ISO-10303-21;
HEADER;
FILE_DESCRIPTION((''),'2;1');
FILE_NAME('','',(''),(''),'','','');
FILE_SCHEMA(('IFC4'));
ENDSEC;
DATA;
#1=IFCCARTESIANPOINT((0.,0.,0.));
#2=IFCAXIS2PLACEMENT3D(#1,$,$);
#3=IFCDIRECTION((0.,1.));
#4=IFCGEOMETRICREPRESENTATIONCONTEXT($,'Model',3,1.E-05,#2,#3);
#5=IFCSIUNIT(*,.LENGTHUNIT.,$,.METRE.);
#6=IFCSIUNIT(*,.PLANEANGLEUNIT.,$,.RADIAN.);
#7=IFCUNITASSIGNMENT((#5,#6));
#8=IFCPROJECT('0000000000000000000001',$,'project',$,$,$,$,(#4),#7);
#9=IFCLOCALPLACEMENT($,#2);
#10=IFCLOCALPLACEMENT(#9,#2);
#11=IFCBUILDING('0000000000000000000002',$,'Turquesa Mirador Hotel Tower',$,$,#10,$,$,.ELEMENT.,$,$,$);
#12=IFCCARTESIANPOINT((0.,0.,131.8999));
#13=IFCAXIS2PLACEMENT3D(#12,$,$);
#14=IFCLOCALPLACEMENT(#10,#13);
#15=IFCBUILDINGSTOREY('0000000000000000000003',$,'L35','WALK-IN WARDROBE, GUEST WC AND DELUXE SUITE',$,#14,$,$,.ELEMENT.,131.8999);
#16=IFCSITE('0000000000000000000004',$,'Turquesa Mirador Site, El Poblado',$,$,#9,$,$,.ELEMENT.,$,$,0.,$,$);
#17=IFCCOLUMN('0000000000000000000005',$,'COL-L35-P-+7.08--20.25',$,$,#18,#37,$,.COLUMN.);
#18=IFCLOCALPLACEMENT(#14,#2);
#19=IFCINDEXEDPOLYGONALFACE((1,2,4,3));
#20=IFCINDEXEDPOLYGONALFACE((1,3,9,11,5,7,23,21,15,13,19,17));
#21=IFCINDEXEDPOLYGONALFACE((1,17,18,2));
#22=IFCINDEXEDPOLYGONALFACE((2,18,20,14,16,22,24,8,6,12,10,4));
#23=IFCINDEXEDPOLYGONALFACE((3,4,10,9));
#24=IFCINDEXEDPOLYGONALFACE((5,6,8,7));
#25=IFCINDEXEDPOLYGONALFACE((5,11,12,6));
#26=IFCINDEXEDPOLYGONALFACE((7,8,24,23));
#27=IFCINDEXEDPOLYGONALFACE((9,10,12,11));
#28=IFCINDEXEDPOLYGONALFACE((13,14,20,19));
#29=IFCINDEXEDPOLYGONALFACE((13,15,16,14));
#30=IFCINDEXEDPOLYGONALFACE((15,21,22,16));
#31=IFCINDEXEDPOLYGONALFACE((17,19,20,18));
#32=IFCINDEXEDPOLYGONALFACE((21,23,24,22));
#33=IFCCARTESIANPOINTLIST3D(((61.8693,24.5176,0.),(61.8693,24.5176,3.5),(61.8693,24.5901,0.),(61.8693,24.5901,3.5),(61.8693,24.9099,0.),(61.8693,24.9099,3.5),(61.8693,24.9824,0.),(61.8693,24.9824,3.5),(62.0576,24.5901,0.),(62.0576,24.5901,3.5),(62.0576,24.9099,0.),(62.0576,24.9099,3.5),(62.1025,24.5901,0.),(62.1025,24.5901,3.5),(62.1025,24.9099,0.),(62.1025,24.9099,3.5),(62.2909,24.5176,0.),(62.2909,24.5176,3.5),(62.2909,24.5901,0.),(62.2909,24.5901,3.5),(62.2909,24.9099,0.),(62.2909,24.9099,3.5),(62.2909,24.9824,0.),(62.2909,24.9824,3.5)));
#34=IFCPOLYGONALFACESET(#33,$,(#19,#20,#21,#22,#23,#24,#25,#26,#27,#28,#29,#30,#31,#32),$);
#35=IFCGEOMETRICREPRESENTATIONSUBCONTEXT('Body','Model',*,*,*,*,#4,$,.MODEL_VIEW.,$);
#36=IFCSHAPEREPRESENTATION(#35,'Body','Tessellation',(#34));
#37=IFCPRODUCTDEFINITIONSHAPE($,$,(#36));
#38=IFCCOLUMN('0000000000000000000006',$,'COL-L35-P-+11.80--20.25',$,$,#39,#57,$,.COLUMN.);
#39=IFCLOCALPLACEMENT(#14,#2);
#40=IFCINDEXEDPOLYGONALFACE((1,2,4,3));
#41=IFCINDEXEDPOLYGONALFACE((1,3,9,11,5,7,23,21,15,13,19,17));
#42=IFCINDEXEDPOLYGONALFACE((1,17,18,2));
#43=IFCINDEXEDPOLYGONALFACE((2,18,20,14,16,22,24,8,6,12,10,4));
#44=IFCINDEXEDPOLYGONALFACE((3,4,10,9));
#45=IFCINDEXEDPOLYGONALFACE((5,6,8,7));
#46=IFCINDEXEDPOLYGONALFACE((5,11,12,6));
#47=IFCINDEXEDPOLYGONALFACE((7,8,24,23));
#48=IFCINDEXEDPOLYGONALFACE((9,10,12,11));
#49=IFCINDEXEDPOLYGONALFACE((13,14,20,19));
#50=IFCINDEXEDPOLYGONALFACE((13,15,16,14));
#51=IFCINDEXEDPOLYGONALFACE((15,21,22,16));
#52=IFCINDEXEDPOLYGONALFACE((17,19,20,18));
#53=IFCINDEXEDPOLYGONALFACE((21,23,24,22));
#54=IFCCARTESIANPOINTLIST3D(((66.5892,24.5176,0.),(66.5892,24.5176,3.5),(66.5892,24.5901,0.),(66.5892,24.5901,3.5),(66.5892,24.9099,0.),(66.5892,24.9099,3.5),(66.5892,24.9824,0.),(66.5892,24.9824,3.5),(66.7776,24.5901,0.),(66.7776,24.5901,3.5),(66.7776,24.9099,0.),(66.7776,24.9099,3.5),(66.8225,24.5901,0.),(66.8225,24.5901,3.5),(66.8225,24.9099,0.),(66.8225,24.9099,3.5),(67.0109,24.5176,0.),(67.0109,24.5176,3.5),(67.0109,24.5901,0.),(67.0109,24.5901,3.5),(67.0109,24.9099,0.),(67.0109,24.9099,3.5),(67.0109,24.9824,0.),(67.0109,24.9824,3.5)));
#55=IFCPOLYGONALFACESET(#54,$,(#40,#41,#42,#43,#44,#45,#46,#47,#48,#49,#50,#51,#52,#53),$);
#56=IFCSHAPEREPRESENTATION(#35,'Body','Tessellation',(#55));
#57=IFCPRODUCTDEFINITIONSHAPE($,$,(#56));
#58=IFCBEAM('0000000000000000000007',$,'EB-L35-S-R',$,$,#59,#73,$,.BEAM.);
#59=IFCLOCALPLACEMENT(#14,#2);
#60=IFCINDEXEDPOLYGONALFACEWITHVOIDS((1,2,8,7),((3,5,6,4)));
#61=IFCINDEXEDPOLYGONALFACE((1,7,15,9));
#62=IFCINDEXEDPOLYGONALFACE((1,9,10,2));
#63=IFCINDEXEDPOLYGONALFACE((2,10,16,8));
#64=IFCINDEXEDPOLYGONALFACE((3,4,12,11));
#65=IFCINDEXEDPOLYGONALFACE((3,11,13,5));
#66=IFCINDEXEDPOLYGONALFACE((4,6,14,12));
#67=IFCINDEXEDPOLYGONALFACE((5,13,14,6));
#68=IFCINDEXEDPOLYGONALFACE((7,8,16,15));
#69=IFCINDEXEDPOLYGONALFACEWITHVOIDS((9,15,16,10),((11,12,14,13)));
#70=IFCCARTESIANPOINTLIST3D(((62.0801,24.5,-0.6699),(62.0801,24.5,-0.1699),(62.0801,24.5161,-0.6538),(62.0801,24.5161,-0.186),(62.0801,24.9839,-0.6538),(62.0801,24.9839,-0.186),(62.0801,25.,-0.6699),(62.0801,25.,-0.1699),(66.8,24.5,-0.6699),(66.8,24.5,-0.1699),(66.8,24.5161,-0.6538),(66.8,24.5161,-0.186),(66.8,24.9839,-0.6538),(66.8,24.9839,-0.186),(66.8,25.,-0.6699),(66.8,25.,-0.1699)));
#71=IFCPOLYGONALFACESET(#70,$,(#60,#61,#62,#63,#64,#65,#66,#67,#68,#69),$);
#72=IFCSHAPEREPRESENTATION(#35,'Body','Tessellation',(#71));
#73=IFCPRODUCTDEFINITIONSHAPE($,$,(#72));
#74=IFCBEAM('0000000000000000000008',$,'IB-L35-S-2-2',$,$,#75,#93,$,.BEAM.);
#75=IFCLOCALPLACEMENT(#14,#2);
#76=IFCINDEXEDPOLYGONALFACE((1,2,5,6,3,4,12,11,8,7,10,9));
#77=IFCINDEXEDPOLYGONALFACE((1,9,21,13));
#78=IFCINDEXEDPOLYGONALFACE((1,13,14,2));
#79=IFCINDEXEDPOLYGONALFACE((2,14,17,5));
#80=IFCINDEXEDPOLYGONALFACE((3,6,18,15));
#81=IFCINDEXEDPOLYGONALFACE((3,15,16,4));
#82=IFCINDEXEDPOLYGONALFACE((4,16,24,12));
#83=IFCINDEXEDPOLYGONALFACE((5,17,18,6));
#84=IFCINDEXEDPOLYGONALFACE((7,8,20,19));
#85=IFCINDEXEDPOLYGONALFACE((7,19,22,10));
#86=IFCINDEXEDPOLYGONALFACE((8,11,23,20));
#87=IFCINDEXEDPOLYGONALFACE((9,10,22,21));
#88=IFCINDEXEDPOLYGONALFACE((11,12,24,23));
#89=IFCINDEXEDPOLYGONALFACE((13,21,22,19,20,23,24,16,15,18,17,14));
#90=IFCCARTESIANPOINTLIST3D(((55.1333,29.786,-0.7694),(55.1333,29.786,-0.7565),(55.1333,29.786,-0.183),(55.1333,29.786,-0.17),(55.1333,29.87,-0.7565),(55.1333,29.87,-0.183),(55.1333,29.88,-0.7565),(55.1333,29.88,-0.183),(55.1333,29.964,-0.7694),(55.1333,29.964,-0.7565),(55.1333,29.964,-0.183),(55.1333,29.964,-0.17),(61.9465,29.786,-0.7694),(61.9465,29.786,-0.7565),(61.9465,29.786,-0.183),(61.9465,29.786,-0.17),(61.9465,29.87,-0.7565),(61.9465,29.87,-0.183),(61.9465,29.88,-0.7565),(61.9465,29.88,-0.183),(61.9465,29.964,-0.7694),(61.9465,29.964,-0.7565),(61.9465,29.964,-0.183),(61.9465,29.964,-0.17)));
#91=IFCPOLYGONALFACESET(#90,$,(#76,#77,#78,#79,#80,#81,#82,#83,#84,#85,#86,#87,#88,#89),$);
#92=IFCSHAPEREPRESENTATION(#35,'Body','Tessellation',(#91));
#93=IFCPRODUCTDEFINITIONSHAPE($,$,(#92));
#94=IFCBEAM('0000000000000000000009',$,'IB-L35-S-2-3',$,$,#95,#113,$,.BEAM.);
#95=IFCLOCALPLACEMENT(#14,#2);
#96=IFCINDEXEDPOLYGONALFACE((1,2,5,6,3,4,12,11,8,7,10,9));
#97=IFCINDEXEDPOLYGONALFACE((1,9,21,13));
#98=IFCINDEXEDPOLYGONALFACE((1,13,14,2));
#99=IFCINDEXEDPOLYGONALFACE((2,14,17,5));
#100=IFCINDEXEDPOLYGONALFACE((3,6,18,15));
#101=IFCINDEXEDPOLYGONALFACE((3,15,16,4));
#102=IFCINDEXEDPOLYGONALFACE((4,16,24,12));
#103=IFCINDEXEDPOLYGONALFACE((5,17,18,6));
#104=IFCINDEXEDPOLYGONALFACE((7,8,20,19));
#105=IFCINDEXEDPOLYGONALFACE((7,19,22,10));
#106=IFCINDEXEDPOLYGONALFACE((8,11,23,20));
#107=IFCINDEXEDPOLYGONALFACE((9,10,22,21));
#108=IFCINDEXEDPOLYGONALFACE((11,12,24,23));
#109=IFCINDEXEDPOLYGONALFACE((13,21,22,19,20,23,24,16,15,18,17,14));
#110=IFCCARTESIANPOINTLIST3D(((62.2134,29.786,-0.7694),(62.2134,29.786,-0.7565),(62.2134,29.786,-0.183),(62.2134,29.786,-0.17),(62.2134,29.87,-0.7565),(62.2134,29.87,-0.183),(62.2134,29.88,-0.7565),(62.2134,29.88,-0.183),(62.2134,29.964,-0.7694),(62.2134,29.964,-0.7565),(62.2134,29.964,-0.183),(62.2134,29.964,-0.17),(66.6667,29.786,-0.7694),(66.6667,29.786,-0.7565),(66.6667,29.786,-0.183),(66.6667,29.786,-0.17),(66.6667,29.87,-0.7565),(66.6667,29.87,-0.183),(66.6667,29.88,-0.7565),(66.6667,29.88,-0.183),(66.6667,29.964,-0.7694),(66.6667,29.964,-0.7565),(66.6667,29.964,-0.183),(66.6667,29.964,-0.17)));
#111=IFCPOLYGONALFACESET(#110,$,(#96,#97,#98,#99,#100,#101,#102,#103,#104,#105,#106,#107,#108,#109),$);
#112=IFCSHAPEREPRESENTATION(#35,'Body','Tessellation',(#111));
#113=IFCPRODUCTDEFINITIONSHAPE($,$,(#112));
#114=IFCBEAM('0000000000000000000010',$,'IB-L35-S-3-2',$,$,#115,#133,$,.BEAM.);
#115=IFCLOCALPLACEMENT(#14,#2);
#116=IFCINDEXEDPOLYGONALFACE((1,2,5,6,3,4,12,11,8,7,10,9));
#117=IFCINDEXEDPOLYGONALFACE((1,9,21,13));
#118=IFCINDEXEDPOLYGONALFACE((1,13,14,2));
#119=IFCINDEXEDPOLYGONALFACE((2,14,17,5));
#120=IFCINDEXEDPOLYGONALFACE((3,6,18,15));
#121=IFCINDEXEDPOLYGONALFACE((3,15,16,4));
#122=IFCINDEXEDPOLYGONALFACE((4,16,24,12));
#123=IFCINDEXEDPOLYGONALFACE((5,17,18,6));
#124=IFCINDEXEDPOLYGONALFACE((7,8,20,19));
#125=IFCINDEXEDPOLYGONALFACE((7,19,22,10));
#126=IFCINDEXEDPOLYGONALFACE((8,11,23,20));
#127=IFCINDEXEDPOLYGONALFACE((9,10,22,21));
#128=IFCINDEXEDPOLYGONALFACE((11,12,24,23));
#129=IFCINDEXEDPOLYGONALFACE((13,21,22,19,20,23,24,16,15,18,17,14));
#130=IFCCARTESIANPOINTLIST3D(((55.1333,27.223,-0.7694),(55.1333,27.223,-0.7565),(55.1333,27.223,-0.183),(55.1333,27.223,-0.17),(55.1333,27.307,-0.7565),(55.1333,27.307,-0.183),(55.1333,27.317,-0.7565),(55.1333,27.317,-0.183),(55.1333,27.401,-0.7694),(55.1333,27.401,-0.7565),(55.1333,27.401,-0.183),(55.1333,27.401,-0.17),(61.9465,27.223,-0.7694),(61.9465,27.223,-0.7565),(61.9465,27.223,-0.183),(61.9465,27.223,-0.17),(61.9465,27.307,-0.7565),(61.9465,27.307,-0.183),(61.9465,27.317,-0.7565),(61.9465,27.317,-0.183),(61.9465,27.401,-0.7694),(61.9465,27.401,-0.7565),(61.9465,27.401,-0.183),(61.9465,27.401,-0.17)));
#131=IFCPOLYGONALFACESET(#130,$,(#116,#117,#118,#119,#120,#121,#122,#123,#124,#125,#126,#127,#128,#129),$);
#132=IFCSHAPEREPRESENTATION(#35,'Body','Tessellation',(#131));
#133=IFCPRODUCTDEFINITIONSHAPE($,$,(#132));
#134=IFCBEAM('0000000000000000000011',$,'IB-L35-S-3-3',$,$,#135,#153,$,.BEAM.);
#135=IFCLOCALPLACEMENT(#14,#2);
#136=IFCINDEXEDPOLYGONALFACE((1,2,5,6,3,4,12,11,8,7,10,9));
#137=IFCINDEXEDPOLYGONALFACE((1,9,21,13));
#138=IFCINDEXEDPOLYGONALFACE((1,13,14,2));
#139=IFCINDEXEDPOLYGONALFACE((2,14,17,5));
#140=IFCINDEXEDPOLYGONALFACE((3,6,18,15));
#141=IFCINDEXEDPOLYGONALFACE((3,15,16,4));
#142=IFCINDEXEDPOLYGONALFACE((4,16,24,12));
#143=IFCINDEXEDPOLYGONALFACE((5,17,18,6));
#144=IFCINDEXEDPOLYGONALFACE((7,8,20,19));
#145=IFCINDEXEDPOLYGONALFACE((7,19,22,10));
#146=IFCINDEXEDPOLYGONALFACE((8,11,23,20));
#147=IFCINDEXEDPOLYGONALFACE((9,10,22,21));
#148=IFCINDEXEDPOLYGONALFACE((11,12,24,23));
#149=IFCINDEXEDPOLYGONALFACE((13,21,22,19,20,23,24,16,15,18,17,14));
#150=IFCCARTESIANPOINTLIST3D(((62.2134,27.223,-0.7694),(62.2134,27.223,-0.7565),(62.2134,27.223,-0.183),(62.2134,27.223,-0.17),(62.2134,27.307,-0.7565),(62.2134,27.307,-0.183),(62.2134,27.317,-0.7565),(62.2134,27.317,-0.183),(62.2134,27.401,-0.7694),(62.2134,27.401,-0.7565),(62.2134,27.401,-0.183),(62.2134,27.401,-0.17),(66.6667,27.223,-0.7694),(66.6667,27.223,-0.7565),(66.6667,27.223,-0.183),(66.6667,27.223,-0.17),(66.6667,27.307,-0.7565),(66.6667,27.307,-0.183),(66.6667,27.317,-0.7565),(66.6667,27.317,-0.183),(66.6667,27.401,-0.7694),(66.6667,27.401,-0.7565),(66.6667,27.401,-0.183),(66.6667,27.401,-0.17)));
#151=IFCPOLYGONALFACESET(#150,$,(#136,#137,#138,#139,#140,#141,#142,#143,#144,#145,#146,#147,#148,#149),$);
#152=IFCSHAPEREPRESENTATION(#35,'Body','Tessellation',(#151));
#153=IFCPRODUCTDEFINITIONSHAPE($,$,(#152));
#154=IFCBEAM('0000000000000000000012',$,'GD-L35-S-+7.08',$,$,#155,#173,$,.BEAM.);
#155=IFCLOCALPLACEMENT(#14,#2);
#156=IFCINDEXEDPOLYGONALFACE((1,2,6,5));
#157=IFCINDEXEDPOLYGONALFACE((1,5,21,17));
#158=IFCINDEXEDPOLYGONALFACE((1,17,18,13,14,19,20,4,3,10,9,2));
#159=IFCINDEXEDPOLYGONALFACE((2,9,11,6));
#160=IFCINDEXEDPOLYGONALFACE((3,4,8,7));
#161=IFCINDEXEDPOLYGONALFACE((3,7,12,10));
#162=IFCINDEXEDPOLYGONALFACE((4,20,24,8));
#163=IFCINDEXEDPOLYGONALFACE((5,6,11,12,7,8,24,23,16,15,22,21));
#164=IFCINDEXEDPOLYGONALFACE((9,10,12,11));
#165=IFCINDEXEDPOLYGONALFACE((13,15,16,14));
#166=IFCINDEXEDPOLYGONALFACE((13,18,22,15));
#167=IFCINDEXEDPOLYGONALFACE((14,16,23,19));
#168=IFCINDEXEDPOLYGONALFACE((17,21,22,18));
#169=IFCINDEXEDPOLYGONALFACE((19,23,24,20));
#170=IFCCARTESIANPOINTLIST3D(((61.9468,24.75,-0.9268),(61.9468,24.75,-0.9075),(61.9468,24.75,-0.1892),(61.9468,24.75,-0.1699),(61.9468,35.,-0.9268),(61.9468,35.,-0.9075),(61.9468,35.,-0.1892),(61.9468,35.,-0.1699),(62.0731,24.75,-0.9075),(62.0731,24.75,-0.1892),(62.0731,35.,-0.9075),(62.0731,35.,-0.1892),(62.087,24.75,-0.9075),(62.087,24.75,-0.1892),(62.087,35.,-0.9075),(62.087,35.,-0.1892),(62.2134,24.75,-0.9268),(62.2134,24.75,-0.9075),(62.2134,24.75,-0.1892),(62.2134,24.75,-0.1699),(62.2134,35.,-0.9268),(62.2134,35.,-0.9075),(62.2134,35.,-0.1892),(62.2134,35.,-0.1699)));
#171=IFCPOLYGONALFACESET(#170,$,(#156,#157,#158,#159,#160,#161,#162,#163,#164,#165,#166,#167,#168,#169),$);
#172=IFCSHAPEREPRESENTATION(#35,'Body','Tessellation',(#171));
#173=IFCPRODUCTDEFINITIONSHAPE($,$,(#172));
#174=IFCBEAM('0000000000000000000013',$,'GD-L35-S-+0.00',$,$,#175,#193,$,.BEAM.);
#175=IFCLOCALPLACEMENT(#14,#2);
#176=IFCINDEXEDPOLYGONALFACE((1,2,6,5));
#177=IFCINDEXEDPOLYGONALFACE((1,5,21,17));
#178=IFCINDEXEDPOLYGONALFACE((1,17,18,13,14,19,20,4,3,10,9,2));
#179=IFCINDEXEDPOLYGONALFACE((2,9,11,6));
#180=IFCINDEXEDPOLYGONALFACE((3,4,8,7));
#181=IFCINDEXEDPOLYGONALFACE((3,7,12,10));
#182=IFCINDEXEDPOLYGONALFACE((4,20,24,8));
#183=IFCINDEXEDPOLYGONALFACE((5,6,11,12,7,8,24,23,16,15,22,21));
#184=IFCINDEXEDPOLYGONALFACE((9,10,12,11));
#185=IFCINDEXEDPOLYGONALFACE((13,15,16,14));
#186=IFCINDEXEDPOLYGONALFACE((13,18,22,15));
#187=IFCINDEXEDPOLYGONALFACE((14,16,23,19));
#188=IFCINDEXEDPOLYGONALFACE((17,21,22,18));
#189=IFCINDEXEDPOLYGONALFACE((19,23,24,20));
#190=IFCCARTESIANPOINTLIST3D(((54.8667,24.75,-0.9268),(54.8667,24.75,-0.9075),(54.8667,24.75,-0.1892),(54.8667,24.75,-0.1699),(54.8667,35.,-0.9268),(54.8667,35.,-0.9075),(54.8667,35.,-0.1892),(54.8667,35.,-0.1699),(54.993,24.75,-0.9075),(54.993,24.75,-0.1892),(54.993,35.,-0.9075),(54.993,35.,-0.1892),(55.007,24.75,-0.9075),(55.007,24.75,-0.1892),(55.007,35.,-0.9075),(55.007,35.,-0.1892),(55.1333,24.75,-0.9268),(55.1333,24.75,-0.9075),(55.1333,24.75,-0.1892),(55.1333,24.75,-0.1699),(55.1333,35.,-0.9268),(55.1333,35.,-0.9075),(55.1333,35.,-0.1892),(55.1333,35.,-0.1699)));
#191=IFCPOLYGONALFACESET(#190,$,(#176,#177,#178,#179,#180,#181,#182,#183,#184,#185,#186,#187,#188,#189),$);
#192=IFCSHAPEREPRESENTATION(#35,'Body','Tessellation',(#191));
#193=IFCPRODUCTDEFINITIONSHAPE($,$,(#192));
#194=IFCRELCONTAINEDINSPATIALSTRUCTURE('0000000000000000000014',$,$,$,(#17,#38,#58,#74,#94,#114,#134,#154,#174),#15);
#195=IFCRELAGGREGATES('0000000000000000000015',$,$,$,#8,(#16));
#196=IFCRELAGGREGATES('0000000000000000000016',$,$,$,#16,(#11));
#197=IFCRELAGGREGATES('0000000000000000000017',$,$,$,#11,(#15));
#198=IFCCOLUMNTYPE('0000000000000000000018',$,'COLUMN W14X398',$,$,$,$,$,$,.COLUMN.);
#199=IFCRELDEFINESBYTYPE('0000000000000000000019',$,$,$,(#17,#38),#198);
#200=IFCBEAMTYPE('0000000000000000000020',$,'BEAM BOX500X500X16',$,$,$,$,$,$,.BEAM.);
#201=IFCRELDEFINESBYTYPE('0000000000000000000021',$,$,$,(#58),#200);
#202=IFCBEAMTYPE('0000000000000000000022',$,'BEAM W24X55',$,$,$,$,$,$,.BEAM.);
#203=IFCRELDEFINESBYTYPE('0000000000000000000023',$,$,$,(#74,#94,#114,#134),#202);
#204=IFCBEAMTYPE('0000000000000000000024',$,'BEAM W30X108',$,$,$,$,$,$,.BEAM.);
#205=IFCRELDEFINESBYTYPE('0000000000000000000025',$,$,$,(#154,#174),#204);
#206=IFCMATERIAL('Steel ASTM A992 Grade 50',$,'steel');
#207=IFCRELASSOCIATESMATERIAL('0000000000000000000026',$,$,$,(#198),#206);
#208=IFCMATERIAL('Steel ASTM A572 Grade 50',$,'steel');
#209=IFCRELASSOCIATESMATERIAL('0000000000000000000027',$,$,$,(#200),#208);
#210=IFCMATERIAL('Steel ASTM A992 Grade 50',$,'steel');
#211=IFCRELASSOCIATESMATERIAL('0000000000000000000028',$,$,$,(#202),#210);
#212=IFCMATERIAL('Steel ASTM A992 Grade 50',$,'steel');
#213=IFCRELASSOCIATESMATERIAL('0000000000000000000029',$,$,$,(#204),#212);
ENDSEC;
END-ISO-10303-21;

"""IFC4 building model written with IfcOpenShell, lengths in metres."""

from ifc_helpers import new_model, si_unit, direction, frame, origin, origin_2d, place, context, subcontext, project, spatial, hollow_rectangle, i_section, extrude, material, material_profile, profile_set, type_object, element, save


model = new_model("IFC4")

# Units and contexts
model_context = context("Model", 3, precision=1e-05, world=origin(), true_north=direction((0.0, 1.0)))
body_context = subcontext(model_context, "Body", "Model", "MODEL_VIEW")
ifc_project = project(units=[si_unit("LENGTHUNIT", "METRE"), si_unit("PLANEANGLEUNIT", "RADIAN")], contexts=[model_context])

# Site, building, storey
site_placement = place(None, origin())
site = spatial("IfcSite", under=ifc_project, at=site_placement, Name="Turquesa Mirador Site, El Poblado", CompositionType="ELEMENT", RefElevation=0.0)
building_placement = place(site_placement, origin())
building = spatial("IfcBuilding", under=site, at=building_placement, Name="Turquesa Mirador Hotel Tower", CompositionType="ELEMENT")
storey_placement = place(building_placement, frame((0.0, 0.0, 131.8999)))
storey = spatial("IfcBuildingStorey", under=building, at=storey_placement, Name="L35", Description="WALK-IN WARDROBE, GUEST WC AND DELUXE SUITE", CompositionType="ELEMENT", Elevation=131.8999)

# Columns
ifc_material_1 = material(Name="Steel ASTM A992 Grade 50", Category="steel")
ifc_material_profile_1 = material_profile(ifc_material_1, i_section(OverallWidth=0.4216, OverallDepth=0.4648, WebThickness=0.0449, FlangeThickness=0.0725, at=origin_2d()), Name="W14X398")
ifc_profile_set_1 = profile_set([ifc_material_profile_1], Name="Steel ASTM A992 Grade 50")
column_type = type_object("IfcColumnType", Name="COLUMN W14X398", PredefinedType="COLUMN", material=ifc_profile_set_1)
for number, where, z_axis, x_axis, name in (
    (1, (62.0801, 24.75, 0.0), (0.0, 0.0, 1.0), (1.0, 0.0, 0.0), "COL-L35-P-+7.08--20.25"),
    (2, (66.8, 24.75, 0.0), (0.0, 0.0, 1.0), (1.0, 0.0, 0.0), "COL-L35-P-+11.80--20.25"),
):
    element("IfcColumn", number, at=place(storey_placement, frame(where, z_axis=z_axis, x_axis=x_axis)), inside=storey, type_object=column_type, Name=name, PredefinedType="COLUMN", context=body_context, shape_type="SweptSolid", body=[
        extrude(i_section(OverallWidth=0.4216, OverallDepth=0.4648, WebThickness=0.0449, FlangeThickness=0.0725, at=origin_2d()), origin(), (0.0, 0.0, 1.0), 3.5),
    ])

# Beams
ifc_material_2 = material(Name="Steel ASTM A572 Grade 50", Category="steel")
ifc_material_profile_2 = material_profile(ifc_material_2, hollow_rectangle(XDim=0.5, YDim=0.5, WallThickness=0.0161, at=origin_2d()), Name="BOX500X500X16")
ifc_profile_set_2 = profile_set([ifc_material_profile_2], Name="Steel ASTM A572 Grade 50")
beam_type_1 = type_object("IfcBeamType", Name="BEAM BOX500X500X16", PredefinedType="BEAM", material=ifc_profile_set_2)
beam_1_placement = place(storey_placement, frame((62.0801, 24.75, -0.4199), z_axis=(1.0, 0.0, 0.0), x_axis=(0.0, 1.0, 0.0)))
element("IfcBeam", 3, at=beam_1_placement, inside=storey, type_object=beam_type_1, Name="EB-L35-S-R", PredefinedType="BEAM", context=body_context, shape_type="SweptSolid", body=[
    extrude(hollow_rectangle(XDim=0.5, YDim=0.5, WallThickness=0.0161, at=origin_2d()), origin(), (0.0, 0.0, 1.0), 4.72),
])
ifc_material_3 = material(Name="Steel ASTM A992 Grade 50", Category="steel")
ifc_material_profile_3 = material_profile(ifc_material_3, i_section(OverallWidth=0.178, OverallDepth=0.5994, WebThickness=0.01, FlangeThickness=0.0129, at=origin_2d()), Name="W24X55")
ifc_profile_set_3 = profile_set([ifc_material_profile_3], Name="Steel ASTM A992 Grade 50")
beam_type_2 = type_object("IfcBeamType", Name="BEAM W24X55", PredefinedType="BEAM", material=ifc_profile_set_3)
beam_2_placement = place(storey_placement, frame((55.1333, 29.875, -0.4697), z_axis=(1.0, 0.0, 0.0), x_axis=(0.0, 1.0, 0.0)))
element("IfcBeam", 4, at=beam_2_placement, inside=storey, type_object=beam_type_2, Name="IB-L35-S-2-2", PredefinedType="BEAM", context=body_context, shape_type="SweptSolid", body=[
    extrude(i_section(OverallWidth=0.178, OverallDepth=0.5994, WebThickness=0.01, FlangeThickness=0.0129, at=origin_2d()), origin(), (0.0, 0.0, 1.0), 6.8132),
])
beam_3_placement = place(storey_placement, frame((62.2134, 29.875, -0.4697), z_axis=(1.0, 0.0, 0.0), x_axis=(0.0, 1.0, 0.0)))
element("IfcBeam", 5, at=beam_3_placement, inside=storey, type_object=beam_type_2, Name="IB-L35-S-2-3", PredefinedType="BEAM", context=body_context, shape_type="SweptSolid", body=[
    extrude(i_section(OverallWidth=0.178, OverallDepth=0.5994, WebThickness=0.01, FlangeThickness=0.0129, at=origin_2d()), origin(), (0.0, 0.0, 1.0), 4.4534),
])
beam_4_placement = place(storey_placement, frame((55.1333, 27.312, -0.4697), z_axis=(1.0, 0.0, 0.0), x_axis=(0.0, 1.0, 0.0)))
element("IfcBeam", 6, at=beam_4_placement, inside=storey, type_object=beam_type_2, Name="IB-L35-S-3-2", PredefinedType="BEAM", context=body_context, shape_type="SweptSolid", body=[
    extrude(i_section(OverallWidth=0.178, OverallDepth=0.5994, WebThickness=0.01, FlangeThickness=0.0129, at=origin_2d()), origin(), (0.0, 0.0, 1.0), 6.8132),
])
beam_5_placement = place(storey_placement, frame((62.2134, 27.312, -0.4697), z_axis=(1.0, 0.0, 0.0), x_axis=(0.0, 1.0, 0.0)))
element("IfcBeam", 7, at=beam_5_placement, inside=storey, type_object=beam_type_2, Name="IB-L35-S-3-3", PredefinedType="BEAM", context=body_context, shape_type="SweptSolid", body=[
    extrude(i_section(OverallWidth=0.178, OverallDepth=0.5994, WebThickness=0.01, FlangeThickness=0.0129, at=origin_2d()), origin(), (0.0, 0.0, 1.0), 4.4534),
])
ifc_material_4 = material(Name="Steel ASTM A992 Grade 50", Category="steel")
ifc_material_profile_4 = material_profile(ifc_material_4, i_section(OverallWidth=0.2666, OverallDepth=0.7568, WebThickness=0.0139, FlangeThickness=0.0193, at=origin_2d()), Name="W30X108")
ifc_profile_set_4 = profile_set([ifc_material_profile_4], Name="Steel ASTM A992 Grade 50")
beam_type_3 = type_object("IfcBeamType", Name="BEAM W30X108", PredefinedType="BEAM", material=ifc_profile_set_4)
for number, where, z_axis, x_axis, name in (
    (8, (62.0801, 24.75, -0.5483), (0.0, 1.0, 0.0), (-1.0, 0.0, 0.0), "GD-L35-S-+7.08"),
    (9, (55.0, 24.75, -0.5483), (0.0, 1.0, 0.0), (-1.0, 0.0, 0.0), "GD-L35-S-+0.00"),
):
    element("IfcBeam", number, at=place(storey_placement, frame(where, z_axis=z_axis, x_axis=x_axis)), inside=storey, type_object=beam_type_3, Name=name, PredefinedType="BEAM", context=body_context, shape_type="SweptSolid", body=[
        extrude(i_section(OverallWidth=0.2666, OverallDepth=0.7568, WebThickness=0.0139, FlangeThickness=0.0193, at=origin_2d()), origin(), (0.0, 0.0, 1.0), 10.25),
    ])

save(model, "model.ifc")
